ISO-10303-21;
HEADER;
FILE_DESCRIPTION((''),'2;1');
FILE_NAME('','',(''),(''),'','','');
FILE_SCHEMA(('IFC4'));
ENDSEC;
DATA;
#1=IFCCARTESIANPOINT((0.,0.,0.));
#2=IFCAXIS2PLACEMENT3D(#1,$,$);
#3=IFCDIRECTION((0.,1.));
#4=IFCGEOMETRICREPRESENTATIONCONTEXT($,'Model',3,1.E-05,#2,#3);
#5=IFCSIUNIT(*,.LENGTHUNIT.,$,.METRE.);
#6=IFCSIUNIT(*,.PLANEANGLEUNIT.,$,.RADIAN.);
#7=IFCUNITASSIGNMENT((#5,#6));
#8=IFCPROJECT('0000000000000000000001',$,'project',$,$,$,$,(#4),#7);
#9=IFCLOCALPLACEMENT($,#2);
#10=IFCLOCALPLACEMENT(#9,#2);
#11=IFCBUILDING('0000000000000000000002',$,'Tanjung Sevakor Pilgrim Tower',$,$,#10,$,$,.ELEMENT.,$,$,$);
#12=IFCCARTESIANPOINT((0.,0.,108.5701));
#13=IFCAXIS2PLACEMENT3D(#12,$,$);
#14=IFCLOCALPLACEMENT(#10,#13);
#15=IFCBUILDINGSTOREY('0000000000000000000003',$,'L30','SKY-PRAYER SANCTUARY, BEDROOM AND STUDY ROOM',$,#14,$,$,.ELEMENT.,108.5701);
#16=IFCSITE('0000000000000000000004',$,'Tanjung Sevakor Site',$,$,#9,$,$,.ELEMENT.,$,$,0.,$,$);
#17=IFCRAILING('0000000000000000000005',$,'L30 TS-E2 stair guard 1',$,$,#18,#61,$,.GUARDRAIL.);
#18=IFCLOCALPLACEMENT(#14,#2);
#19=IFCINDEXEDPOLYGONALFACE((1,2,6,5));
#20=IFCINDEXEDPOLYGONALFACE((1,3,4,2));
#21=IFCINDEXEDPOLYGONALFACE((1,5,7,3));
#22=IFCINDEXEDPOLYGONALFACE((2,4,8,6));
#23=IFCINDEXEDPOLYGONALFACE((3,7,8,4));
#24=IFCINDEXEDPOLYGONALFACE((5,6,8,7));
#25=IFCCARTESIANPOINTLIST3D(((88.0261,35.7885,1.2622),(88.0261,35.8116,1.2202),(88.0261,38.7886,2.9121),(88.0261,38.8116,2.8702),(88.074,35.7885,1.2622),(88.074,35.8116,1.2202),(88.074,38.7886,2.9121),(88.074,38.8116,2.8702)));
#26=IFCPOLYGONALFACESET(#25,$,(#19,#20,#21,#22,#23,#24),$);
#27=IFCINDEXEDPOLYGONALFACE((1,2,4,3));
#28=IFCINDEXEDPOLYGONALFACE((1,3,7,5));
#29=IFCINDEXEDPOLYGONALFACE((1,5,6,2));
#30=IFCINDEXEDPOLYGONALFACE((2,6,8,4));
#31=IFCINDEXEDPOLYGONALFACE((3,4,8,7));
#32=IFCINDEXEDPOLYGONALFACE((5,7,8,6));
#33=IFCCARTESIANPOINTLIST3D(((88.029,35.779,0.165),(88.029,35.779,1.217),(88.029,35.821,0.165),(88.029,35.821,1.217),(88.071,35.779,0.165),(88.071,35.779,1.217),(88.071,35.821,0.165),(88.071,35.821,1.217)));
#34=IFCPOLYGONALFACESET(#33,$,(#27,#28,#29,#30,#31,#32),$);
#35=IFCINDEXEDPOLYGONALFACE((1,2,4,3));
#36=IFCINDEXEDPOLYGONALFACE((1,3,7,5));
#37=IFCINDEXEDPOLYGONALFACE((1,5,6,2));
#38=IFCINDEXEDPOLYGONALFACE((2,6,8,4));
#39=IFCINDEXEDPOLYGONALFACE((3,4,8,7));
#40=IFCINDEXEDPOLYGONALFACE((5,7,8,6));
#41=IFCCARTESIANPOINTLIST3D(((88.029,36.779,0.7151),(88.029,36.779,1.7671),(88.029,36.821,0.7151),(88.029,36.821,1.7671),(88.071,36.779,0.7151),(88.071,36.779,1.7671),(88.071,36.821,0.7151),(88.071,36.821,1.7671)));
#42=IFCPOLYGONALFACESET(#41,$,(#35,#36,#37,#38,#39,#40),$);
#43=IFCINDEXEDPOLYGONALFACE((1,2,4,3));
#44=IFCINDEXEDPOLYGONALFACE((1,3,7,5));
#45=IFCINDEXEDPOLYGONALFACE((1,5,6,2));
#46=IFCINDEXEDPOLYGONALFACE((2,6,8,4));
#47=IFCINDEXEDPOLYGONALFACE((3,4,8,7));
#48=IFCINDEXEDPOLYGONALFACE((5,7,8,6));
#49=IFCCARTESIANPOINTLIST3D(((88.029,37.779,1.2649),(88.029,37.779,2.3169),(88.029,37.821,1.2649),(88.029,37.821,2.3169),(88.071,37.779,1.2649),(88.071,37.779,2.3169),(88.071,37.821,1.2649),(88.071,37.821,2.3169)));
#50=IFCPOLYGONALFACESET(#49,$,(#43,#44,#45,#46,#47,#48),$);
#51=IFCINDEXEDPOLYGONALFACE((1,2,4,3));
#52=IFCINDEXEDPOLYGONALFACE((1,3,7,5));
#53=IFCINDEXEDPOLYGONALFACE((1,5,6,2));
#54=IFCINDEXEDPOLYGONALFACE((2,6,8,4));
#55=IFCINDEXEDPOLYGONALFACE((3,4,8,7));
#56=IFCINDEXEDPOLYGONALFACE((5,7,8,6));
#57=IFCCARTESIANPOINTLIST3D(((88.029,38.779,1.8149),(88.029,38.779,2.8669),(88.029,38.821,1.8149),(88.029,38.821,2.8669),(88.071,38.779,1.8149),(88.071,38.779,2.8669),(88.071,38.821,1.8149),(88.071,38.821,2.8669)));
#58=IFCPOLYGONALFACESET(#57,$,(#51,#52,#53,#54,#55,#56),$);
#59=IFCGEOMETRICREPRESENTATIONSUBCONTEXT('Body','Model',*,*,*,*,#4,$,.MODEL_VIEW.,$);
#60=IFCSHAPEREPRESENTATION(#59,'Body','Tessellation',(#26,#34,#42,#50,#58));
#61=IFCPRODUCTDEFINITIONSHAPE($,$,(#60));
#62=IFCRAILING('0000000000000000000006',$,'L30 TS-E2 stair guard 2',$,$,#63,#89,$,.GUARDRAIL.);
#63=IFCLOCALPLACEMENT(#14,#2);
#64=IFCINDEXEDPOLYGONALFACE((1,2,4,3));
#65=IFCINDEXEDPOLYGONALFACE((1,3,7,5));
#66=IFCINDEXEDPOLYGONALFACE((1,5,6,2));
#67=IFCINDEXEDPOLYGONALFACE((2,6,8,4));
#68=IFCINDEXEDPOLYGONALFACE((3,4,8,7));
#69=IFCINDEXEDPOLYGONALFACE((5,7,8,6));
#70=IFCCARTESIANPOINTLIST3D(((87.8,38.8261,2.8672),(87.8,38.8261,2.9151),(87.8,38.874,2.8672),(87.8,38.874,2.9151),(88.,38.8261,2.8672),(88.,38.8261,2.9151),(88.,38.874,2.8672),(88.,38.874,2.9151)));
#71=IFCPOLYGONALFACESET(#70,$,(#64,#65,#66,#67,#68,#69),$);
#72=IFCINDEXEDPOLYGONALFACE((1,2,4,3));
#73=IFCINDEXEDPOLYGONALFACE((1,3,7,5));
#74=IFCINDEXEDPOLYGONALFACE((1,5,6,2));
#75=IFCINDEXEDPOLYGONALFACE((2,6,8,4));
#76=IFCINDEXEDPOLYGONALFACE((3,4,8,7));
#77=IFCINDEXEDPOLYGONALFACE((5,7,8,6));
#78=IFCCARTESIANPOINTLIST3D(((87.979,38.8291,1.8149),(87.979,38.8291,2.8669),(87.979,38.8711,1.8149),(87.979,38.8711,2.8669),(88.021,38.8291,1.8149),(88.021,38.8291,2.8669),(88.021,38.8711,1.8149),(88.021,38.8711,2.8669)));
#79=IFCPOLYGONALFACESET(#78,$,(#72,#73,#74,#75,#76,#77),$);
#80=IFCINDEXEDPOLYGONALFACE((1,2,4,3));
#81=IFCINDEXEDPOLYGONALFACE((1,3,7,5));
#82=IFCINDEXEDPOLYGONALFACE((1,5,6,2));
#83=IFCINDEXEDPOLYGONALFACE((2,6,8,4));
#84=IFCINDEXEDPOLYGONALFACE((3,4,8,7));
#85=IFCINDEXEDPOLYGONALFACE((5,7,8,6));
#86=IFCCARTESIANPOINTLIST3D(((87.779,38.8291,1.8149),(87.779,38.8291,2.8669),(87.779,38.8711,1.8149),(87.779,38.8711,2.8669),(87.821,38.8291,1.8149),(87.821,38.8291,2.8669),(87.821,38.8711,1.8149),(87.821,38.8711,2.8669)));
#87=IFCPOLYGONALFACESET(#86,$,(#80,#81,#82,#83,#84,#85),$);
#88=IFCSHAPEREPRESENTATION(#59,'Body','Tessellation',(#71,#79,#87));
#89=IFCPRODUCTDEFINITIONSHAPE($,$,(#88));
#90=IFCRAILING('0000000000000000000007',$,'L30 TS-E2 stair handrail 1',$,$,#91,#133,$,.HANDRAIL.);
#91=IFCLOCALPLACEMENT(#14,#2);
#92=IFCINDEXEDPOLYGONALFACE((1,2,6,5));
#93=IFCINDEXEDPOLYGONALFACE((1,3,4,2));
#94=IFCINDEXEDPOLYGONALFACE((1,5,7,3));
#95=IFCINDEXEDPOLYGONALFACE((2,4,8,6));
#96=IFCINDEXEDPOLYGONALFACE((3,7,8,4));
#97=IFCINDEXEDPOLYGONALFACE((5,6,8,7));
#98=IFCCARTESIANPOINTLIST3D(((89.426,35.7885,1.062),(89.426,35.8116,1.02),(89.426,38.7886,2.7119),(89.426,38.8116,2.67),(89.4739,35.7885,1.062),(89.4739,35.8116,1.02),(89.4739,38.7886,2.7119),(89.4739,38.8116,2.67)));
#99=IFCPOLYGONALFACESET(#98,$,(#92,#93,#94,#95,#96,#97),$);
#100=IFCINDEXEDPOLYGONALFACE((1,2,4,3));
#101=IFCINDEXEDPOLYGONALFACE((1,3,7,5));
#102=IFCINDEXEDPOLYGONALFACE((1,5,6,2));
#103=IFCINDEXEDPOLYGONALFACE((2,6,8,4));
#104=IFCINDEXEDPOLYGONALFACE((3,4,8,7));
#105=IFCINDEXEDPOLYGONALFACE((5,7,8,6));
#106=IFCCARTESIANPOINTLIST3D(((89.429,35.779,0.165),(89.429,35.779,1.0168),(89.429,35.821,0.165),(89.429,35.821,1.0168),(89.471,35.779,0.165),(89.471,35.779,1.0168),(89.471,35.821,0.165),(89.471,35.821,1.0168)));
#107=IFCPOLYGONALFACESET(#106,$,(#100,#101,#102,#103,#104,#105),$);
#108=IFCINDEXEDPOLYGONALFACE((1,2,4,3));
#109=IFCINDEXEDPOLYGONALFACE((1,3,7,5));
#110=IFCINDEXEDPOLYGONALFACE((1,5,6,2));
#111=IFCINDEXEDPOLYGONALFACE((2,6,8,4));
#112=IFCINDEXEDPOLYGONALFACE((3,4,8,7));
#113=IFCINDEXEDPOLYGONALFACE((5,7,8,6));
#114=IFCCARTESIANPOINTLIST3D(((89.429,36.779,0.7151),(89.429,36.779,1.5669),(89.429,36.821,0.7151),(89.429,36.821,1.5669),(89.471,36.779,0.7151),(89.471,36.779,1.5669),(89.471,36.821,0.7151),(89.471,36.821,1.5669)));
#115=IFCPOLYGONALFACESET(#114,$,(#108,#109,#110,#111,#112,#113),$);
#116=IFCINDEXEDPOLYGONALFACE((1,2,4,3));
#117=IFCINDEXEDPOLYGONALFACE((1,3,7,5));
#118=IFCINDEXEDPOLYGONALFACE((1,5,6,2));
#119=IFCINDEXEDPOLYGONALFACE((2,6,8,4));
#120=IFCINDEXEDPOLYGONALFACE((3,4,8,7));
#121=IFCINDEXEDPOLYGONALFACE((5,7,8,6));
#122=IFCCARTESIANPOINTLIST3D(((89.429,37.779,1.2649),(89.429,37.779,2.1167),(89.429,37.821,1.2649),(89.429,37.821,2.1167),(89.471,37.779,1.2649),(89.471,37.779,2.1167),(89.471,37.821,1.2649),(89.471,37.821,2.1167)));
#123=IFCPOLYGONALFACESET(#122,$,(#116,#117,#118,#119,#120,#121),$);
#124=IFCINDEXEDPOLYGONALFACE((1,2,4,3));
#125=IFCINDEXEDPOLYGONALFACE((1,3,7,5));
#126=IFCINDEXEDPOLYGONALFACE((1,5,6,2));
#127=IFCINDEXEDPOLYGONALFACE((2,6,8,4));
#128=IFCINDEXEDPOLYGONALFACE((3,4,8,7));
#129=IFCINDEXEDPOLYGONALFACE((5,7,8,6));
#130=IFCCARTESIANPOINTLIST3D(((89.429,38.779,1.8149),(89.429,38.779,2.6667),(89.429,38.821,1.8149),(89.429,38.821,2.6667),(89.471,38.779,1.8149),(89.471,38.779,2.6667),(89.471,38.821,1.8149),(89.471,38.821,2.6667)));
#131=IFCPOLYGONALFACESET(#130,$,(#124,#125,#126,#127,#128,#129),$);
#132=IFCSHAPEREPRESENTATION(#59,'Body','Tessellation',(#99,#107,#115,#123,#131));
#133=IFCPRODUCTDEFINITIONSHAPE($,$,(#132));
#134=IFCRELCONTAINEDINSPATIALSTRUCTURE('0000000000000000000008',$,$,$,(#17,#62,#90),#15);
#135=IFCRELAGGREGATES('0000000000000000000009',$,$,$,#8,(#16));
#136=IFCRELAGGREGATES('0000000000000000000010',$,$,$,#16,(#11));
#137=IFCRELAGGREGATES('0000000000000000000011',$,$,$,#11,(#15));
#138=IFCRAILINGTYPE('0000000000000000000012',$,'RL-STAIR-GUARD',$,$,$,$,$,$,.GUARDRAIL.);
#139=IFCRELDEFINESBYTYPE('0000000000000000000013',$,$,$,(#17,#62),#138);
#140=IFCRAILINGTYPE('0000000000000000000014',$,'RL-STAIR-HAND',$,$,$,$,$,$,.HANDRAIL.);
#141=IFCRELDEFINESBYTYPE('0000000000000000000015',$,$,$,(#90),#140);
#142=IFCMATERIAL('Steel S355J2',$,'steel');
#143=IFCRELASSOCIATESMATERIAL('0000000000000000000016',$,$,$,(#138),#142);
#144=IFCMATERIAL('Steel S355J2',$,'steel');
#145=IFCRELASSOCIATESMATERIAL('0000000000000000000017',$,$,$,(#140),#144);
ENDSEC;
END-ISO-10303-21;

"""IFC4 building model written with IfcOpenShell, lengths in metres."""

from ifc_helpers import new_model, si_unit, direction, frame, origin, place, context, subcontext, project, spatial, rectangle, extrude, material, type_object, element, save


model = new_model("IFC4")

# Units and contexts
model_context = context("Model", 3, precision=1e-05, world=origin(), true_north=direction((0.0, 1.0)))
body_context = subcontext(model_context, "Body", "Model", "MODEL_VIEW")
ifc_project = project(units=[si_unit("LENGTHUNIT", "METRE"), si_unit("PLANEANGLEUNIT", "RADIAN")], contexts=[model_context])

# Site, building, storey
site_placement = place(None, origin())
site = spatial("IfcSite", under=ifc_project, at=site_placement, Name="Tanjung Sevakor Site", CompositionType="ELEMENT", RefElevation=0.0)
building_placement = place(site_placement, origin())
building = spatial("IfcBuilding", under=site, at=building_placement, Name="Tanjung Sevakor Pilgrim Tower", CompositionType="ELEMENT")
storey_placement = place(building_placement, frame((0.0, 0.0, 108.5701)))
storey = spatial("IfcBuildingStorey", under=building, at=storey_placement, Name="L30", Description="SKY-PRAYER SANCTUARY, BEDROOM AND STUDY ROOM", CompositionType="ELEMENT", Elevation=108.5701)

# Railings
ifc_material_1 = material(Name="Steel S355J2", Category="steel")
railing_type_1 = type_object("IfcRailingType", Name="RL-STAIR-GUARD", PredefinedType="GUARDRAIL", material=ifc_material_1)
railing_1_placement = place(storey_placement, frame((88.05, 35.8, 0.165)))
element("IfcRailing", 1, at=railing_1_placement, inside=storey, type_object=railing_type_1, Name="L30 TS-E2 stair guard 1", PredefinedType="GUARDRAIL", context=body_context, shape_type="SweptSolid", body=[
    extrude(rectangle(XDim=0.0479, YDim=0.0479), frame((0.0, 0.0, 1.0762), z_axis=(0.0, 0.876228, 0.481897), x_axis=(-1.0, 0.0, 0.0)), (0.0, 0.0, 1.0), 3.4238),
    extrude(rectangle(XDim=0.042, YDim=0.042), origin(), (0.0, 0.0, 1.0), 1.052),
    extrude(rectangle(XDim=0.042, YDim=0.042), frame((0.0, 1.0, 0.55)), (0.0, 0.0, 1.0), 1.052),
    extrude(rectangle(XDim=0.042, YDim=0.042), frame((0.0, 2.0, 1.0999)), (0.0, 0.0, 1.0), 1.052),
    extrude(rectangle(XDim=0.042, YDim=0.042), frame((0.0, 3.0, 1.6499)), (0.0, 0.0, 1.0), 1.052),
])
railing_2_placement = place(storey_placement, frame((88.0, 38.8501, 1.8149)))
element("IfcRailing", 2, at=railing_2_placement, inside=storey, type_object=railing_type_1, Name="L30 TS-E2 stair guard 2", PredefinedType="GUARDRAIL", context=body_context, shape_type="SweptSolid", body=[
    extrude(rectangle(XDim=0.0479, YDim=0.0479), frame((0.0, 0.0, 1.0762), z_axis=(-1.0, 0.0, 0.0), x_axis=(0.0, -1.0, 0.0)), (0.0, 0.0, 1.0), 0.2),
    extrude(rectangle(XDim=0.042, YDim=0.042), origin(), (0.0, 0.0, 1.0), 1.052),
    extrude(rectangle(XDim=0.042, YDim=0.042), frame((-0.2, 0.0, 0.0)), (0.0, 0.0, 1.0), 1.052),
])
ifc_material_2 = material(Name="Steel S355J2", Category="steel")
railing_type_2 = type_object("IfcRailingType", Name="RL-STAIR-HAND", PredefinedType="HANDRAIL", material=ifc_material_2)
railing_3_placement = place(storey_placement, frame((89.45, 35.8, 0.165)))
element("IfcRailing", 3, at=railing_3_placement, inside=storey, type_object=railing_type_2, Name="L30 TS-E2 stair handrail 1", PredefinedType="HANDRAIL", context=body_context, shape_type="SweptSolid", body=[
    extrude(rectangle(XDim=0.0479, YDim=0.0479), frame((0.0, 0.0, 0.876), z_axis=(0.0, 0.876228, 0.481897), x_axis=(-1.0, 0.0, 0.0)), (0.0, 0.0, 1.0), 3.4238),
    extrude(rectangle(XDim=0.042, YDim=0.042), origin(), (0.0, 0.0, 1.0), 0.8518),
    extrude(rectangle(XDim=0.042, YDim=0.042), frame((0.0, 1.0, 0.55)), (0.0, 0.0, 1.0), 0.8518),
    extrude(rectangle(XDim=0.042, YDim=0.042), frame((0.0, 2.0, 1.0999)), (0.0, 0.0, 1.0), 0.8518),
    extrude(rectangle(XDim=0.042, YDim=0.042), frame((0.0, 3.0, 1.6499)), (0.0, 0.0, 1.0), 0.8518),
])

save(model, "model.ifc")
